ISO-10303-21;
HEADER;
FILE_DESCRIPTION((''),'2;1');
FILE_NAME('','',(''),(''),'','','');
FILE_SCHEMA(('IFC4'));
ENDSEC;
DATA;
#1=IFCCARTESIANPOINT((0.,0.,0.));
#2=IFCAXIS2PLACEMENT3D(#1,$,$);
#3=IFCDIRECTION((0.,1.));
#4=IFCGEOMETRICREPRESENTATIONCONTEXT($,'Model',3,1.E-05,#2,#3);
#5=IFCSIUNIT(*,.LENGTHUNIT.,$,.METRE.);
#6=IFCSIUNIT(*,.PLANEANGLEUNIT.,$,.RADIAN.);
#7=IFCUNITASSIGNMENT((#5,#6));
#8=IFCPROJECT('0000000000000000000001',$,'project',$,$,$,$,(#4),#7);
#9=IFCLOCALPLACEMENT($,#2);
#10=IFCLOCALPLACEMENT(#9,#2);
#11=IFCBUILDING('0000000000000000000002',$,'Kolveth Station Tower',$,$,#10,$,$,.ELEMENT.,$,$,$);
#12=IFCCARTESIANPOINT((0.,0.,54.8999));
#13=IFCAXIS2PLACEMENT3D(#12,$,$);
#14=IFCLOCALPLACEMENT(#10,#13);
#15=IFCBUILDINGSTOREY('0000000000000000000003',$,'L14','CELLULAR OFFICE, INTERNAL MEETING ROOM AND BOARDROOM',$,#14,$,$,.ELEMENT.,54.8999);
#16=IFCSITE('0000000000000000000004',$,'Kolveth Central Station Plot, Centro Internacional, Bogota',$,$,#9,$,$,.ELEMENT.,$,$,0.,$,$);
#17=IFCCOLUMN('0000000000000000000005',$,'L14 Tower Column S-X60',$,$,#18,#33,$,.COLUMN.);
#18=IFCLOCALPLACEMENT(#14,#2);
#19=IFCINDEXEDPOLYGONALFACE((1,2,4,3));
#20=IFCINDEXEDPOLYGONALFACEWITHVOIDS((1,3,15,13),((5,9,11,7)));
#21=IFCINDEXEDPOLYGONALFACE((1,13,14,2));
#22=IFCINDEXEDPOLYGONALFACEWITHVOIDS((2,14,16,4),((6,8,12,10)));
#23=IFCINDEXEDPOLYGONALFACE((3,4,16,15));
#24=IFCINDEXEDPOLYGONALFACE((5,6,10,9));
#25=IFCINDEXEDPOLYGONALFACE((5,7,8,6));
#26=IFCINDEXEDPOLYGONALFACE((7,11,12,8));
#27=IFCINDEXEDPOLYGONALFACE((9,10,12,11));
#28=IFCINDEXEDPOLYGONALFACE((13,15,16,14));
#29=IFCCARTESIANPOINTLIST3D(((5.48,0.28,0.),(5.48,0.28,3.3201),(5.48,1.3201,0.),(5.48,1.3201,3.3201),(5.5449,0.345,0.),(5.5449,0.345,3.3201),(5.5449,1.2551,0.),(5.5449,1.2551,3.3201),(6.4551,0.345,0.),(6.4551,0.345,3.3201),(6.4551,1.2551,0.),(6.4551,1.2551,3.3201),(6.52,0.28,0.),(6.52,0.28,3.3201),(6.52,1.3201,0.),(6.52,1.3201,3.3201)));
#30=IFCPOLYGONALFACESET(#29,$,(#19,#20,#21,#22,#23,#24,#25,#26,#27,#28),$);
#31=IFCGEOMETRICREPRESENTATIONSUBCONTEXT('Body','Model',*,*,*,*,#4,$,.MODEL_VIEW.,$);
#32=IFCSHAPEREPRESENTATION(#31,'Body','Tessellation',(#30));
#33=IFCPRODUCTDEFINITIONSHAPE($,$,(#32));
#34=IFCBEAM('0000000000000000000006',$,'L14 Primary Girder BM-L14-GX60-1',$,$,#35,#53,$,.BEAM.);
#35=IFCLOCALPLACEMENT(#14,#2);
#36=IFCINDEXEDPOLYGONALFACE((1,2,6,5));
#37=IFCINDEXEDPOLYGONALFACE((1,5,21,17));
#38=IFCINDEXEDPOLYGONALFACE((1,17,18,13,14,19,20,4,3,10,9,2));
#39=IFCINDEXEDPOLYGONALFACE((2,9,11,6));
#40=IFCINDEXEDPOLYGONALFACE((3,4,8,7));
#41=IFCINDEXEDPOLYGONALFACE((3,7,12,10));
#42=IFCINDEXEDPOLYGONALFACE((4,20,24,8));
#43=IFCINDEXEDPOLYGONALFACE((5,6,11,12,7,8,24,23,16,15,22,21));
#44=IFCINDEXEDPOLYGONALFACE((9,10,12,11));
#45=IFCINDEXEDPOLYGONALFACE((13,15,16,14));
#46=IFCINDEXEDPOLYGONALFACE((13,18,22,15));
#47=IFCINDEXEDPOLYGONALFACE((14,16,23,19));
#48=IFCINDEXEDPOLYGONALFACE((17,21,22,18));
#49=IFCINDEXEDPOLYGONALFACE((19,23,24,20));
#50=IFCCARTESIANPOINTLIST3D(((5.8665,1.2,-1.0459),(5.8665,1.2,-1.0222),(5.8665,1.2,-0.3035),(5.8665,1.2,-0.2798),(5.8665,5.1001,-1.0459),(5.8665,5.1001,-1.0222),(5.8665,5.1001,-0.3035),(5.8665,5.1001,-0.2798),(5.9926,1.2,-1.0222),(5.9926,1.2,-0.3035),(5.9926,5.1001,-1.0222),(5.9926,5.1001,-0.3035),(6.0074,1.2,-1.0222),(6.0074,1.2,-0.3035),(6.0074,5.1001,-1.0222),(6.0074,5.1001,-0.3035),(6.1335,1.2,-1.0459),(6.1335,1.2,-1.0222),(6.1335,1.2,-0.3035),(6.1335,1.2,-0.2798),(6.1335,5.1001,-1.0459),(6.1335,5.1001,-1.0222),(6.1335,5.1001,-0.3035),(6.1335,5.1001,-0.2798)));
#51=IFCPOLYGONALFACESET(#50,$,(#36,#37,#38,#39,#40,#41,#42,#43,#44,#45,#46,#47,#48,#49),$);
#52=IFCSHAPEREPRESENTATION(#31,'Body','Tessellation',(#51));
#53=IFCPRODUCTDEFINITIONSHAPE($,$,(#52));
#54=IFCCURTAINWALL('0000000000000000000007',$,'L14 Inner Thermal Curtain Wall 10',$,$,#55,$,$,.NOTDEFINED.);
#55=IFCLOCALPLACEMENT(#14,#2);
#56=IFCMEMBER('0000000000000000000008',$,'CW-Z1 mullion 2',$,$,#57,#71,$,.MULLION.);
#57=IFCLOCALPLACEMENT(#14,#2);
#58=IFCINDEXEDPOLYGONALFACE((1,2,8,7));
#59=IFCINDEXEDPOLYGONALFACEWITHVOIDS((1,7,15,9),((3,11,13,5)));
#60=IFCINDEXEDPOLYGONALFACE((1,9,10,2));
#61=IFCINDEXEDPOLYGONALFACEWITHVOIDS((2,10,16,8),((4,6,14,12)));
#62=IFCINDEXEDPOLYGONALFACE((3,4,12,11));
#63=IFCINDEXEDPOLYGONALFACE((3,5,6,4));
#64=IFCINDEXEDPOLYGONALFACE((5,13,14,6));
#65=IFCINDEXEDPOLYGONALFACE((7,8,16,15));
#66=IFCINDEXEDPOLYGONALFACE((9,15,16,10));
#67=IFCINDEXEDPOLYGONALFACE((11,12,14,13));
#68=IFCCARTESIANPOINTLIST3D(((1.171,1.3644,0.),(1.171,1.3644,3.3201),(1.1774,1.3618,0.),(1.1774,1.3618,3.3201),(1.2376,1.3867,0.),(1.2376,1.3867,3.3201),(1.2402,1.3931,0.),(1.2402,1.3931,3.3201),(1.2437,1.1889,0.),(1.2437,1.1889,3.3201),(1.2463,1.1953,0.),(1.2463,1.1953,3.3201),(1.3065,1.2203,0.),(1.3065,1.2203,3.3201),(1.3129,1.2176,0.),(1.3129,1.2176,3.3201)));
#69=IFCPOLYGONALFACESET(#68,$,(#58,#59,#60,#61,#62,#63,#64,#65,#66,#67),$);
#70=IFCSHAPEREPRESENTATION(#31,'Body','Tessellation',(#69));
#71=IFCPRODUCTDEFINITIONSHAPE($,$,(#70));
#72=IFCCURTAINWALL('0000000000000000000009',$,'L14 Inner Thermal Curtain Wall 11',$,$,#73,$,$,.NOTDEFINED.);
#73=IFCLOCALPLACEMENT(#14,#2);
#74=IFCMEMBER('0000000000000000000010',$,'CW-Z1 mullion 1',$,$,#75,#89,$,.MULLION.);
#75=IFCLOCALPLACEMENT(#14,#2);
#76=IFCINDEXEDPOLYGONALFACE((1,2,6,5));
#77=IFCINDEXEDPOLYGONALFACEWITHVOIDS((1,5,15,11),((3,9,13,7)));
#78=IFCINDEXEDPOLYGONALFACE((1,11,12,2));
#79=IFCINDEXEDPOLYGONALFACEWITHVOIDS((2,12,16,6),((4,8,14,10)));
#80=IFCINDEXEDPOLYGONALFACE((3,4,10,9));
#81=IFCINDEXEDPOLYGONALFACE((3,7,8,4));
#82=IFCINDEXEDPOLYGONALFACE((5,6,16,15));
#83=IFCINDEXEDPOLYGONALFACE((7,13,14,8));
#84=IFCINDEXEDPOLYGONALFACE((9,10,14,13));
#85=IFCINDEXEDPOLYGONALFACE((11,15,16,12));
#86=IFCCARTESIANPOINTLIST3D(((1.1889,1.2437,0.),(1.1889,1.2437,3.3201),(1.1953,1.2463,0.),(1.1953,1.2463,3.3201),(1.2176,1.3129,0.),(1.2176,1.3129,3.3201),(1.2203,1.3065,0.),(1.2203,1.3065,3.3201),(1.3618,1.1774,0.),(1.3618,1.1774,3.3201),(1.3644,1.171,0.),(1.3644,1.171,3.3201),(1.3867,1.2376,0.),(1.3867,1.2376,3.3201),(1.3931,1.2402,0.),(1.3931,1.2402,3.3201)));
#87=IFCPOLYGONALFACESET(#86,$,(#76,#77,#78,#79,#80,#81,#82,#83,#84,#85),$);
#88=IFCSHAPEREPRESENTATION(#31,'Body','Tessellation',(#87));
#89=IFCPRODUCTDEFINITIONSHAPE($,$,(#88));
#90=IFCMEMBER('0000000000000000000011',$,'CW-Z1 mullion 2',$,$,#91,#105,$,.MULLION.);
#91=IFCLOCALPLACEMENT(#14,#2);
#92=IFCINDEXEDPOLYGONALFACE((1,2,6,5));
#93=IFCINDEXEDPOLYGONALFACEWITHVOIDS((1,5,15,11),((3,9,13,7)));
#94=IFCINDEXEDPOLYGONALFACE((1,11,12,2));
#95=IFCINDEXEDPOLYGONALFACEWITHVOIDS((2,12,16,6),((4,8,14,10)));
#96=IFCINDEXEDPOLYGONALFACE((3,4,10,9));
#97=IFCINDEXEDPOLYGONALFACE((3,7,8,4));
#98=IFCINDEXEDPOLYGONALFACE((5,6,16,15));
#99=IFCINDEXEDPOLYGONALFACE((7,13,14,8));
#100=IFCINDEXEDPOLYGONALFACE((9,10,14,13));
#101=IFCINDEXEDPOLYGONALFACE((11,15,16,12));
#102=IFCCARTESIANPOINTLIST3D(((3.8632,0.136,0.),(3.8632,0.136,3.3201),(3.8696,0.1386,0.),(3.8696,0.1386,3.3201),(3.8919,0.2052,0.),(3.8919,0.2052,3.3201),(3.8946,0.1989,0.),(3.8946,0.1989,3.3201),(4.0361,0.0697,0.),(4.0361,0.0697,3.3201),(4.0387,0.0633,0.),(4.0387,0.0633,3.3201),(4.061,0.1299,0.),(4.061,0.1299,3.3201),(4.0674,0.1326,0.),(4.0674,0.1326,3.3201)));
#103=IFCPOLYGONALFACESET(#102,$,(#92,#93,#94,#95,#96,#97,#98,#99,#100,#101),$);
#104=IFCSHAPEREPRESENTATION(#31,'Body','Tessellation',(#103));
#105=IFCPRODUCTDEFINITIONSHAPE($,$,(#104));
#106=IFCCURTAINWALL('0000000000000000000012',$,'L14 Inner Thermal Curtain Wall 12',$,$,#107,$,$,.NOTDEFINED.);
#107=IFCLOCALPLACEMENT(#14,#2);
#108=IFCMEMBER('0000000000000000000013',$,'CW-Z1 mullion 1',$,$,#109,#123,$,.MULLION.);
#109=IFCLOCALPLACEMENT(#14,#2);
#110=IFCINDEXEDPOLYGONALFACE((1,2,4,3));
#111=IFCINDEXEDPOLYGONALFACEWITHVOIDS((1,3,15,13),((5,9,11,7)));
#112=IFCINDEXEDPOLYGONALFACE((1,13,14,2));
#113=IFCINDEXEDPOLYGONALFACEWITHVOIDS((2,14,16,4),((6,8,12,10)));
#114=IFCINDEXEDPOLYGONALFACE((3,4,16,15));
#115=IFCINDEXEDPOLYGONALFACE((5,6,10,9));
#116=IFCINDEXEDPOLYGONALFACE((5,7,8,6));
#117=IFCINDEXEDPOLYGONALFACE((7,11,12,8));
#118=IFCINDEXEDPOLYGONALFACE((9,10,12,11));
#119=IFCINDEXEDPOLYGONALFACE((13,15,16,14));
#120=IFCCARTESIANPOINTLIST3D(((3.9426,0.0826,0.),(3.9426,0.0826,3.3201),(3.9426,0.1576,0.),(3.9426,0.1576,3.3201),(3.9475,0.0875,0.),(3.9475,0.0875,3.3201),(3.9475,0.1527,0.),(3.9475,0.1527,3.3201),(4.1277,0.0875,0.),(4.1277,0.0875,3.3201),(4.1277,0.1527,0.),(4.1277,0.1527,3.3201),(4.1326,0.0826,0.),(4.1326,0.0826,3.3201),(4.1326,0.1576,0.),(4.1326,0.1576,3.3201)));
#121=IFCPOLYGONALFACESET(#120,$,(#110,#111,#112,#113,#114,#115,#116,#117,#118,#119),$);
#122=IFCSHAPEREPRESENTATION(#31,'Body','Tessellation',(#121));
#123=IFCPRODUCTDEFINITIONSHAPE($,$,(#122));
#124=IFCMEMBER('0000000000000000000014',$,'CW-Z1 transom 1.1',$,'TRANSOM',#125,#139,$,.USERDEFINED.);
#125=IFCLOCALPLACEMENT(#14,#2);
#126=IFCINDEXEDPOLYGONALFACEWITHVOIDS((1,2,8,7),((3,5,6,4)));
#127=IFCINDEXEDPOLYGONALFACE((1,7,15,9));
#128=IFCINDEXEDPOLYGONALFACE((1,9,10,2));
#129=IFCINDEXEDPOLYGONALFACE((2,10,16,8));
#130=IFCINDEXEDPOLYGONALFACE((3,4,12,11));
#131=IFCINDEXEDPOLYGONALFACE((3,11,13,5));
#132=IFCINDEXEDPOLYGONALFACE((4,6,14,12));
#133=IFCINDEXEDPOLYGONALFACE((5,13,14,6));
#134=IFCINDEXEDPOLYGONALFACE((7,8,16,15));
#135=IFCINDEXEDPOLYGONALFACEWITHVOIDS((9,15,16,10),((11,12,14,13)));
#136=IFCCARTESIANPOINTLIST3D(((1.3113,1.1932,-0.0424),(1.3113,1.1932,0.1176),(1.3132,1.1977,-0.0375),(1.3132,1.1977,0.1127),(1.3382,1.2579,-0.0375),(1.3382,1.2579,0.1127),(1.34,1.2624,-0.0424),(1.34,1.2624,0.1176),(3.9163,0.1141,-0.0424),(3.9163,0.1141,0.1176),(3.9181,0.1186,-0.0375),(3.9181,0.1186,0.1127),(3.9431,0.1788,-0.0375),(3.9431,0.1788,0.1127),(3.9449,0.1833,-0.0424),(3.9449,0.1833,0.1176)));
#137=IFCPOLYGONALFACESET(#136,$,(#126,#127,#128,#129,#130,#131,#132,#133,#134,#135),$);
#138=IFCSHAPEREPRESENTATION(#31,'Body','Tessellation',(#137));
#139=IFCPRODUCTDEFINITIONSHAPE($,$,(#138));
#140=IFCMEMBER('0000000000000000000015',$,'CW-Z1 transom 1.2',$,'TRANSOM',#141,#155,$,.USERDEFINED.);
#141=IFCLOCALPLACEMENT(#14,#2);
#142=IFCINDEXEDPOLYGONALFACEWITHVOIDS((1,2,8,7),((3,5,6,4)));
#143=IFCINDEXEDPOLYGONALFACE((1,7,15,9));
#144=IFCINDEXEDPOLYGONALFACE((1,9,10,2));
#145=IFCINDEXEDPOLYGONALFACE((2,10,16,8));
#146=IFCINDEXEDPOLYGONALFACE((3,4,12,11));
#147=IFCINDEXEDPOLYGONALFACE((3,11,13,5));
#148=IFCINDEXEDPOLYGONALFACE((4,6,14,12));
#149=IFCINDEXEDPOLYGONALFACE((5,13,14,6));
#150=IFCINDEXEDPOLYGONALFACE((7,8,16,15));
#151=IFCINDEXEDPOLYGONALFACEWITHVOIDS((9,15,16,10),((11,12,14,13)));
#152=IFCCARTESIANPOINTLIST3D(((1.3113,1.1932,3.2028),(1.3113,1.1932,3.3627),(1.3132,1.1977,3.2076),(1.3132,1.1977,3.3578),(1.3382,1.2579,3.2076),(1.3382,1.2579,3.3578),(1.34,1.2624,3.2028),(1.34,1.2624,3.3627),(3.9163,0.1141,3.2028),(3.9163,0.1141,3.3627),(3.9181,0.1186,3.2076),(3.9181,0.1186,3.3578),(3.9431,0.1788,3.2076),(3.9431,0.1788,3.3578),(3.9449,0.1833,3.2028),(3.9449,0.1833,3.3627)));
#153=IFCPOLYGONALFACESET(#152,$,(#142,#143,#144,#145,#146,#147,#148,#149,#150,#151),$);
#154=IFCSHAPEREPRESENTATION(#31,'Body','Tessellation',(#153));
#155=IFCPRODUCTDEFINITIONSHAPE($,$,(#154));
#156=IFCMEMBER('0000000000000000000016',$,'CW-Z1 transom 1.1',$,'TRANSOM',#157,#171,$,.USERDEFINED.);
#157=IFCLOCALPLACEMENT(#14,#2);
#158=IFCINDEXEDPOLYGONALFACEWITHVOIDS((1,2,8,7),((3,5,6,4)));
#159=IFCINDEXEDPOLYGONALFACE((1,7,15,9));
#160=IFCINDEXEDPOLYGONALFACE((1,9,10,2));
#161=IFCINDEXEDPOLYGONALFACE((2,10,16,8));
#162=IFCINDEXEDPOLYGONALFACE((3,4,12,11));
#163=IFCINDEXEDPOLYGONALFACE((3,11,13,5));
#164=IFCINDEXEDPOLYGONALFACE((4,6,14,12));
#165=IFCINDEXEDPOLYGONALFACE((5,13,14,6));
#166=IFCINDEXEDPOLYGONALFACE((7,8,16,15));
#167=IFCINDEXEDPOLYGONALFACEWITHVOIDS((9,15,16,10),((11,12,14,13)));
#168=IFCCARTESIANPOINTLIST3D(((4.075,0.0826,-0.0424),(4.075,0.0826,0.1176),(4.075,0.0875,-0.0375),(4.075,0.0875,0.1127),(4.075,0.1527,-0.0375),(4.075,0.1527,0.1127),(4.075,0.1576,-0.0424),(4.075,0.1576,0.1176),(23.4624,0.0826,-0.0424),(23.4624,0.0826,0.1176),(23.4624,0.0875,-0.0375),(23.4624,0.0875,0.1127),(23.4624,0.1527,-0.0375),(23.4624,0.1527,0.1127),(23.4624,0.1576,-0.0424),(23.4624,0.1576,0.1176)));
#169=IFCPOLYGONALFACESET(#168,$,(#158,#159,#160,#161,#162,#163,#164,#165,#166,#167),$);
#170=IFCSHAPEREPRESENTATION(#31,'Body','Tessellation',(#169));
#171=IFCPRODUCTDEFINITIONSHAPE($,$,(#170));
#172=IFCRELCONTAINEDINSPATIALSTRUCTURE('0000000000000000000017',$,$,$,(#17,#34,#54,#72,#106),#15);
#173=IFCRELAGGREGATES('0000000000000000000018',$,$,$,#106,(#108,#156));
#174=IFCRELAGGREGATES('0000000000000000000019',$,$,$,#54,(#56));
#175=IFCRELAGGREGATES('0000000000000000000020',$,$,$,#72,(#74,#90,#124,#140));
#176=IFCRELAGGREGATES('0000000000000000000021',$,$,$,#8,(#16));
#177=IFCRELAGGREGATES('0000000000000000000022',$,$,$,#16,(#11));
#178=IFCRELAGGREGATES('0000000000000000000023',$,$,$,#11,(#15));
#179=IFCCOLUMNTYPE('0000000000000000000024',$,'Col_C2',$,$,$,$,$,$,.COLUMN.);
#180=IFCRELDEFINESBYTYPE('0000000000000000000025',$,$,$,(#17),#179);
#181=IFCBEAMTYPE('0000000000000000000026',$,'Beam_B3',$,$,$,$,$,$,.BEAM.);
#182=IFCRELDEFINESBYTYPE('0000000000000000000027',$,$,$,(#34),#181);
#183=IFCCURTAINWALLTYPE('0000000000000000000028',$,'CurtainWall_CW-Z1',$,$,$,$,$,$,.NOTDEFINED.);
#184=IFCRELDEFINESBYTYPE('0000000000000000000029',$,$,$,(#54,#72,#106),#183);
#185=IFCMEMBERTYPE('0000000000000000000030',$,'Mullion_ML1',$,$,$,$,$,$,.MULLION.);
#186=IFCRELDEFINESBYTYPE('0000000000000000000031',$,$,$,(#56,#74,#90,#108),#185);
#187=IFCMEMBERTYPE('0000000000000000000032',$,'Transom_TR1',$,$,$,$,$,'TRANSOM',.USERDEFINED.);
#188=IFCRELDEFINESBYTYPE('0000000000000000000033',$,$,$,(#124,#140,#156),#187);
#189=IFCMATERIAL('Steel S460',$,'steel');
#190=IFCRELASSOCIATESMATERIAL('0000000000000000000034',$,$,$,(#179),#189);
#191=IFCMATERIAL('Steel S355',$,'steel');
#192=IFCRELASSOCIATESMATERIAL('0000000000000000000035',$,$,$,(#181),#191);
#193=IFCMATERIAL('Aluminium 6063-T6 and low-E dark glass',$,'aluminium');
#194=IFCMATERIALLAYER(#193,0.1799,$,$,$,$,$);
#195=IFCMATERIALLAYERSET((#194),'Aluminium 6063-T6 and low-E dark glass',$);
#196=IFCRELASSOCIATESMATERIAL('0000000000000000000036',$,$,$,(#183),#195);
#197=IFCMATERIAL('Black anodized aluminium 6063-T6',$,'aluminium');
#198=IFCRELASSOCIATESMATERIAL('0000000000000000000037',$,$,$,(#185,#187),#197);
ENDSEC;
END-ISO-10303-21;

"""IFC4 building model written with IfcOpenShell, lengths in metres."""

from ifc_helpers import new_model, si_unit, direction, frame, origin, origin_2d, place, context, subcontext, project, spatial, hollow_rectangle, i_section, extrude, source, transform, mapped, material, layer, layer_set, material_profile, profile_set, type_object, element, aggregate, save


model = new_model("IFC4")

# Units and contexts
model_context = context("Model", 3, precision=1e-05, world=origin(), true_north=direction((0.0, 1.0)))
body_context = subcontext(model_context, "Body", "Model", "MODEL_VIEW")
ifc_project = project(units=[si_unit("LENGTHUNIT", "METRE"), si_unit("PLANEANGLEUNIT", "RADIAN")], contexts=[model_context])

# Site, building, storey
site_placement = place(None, origin())
site = spatial("IfcSite", under=ifc_project, at=site_placement, Name="Kolveth Central Station Plot, Centro Internacional, Bogota", CompositionType="ELEMENT", RefElevation=0.0)
building_placement = place(site_placement, origin())
building = spatial("IfcBuilding", under=site, at=building_placement, Name="Kolveth Station Tower", CompositionType="ELEMENT")
storey_placement = place(building_placement, frame((0.0, 0.0, 54.8999)))
storey = spatial("IfcBuildingStorey", under=building, at=storey_placement, Name="L14", Description="CELLULAR OFFICE, INTERNAL MEETING ROOM AND BOARDROOM", CompositionType="ELEMENT", Elevation=54.8999)

# Column
ifc_material_1 = material(Name="Steel S460", Category="steel")
ifc_material_profile_1 = material_profile(ifc_material_1, hollow_rectangle(XDim=1.04, YDim=1.04, WallThickness=0.0649, at=origin_2d()), Name="BOX1040x1040x65")
ifc_profile_set_1 = profile_set([ifc_material_profile_1], Name="Steel S460")
column_type = type_object("IfcColumnType", Name="Col_C2", PredefinedType="COLUMN", material=ifc_profile_set_1)
shared_shape_1 = source(origin(), body_context, "Body", "SweptSolid", [
    extrude(hollow_rectangle(XDim=1.04, YDim=1.04, WallThickness=0.0649, at=origin_2d()), origin(), (0.0, 0.0, 1.0), 3.3201),
])
column_placement = place(storey_placement, frame((6.0, 0.8, 0.0), z_axis=(0.0, 0.0, 1.0), x_axis=(1.0, 0.0, 0.0)))
element("IfcColumn", 1, at=column_placement, inside=storey, type_object=column_type, Name="L14 Tower Column S-X60", PredefinedType="COLUMN", context=body_context, shape_type="MappedRepresentation", body=[
    mapped(shared_shape_1, transform((0.0, 0.0, 0.0), x_axis=(1.0, 0.0, 0.0), y_axis=(0.0, 1.0, 0.0), z_axis=(0.0, 0.0, 1.0), scale=1.0)),
])

# Beam
ifc_material_2 = material(Name="Steel S355", Category="steel")
ifc_material_profile_2 = material_profile(ifc_material_2, i_section(OverallWidth=0.2671, OverallDepth=0.7661, WebThickness=0.0149, FlangeThickness=0.0237, at=origin_2d()), Name="W760x185")
ifc_profile_set_2 = profile_set([ifc_material_profile_2], Name="Steel S355")
beam_type = type_object("IfcBeamType", Name="Beam_B3", PredefinedType="BEAM", material=ifc_profile_set_2)
shared_shape_2 = source(origin(), body_context, "Body", "SweptSolid", [
    extrude(i_section(OverallWidth=0.2671, OverallDepth=0.7661, WebThickness=0.0149, FlangeThickness=0.0237, at=origin_2d()), origin(), (0.0, 0.0, 1.0), 3.9001),
])
beam_placement = place(storey_placement, frame((6.0, 1.2, -0.6628), z_axis=(0.0, 1.0, 0.0), x_axis=(-1.0, 0.0, 0.0)))
element("IfcBeam", 2, at=beam_placement, inside=storey, type_object=beam_type, Name="L14 Primary Girder BM-L14-GX60-1", PredefinedType="BEAM", context=body_context, shape_type="MappedRepresentation", body=[
    mapped(shared_shape_2, transform((0.0, 0.0, 0.0), x_axis=(1.0, 0.0, 0.0), y_axis=(0.0, 1.0, 0.0), z_axis=(0.0, 0.0, 1.0), scale=1.0)),
])

# Curtain wall, member
ifc_material_3 = material(Name="Aluminium 6063-T6 and low-E dark glass", Category="aluminium")
ifc_layer_1 = layer(ifc_material_3, 0.1799)
ifc_layer_set_1 = layer_set([ifc_layer_1], Name="Aluminium 6063-T6 and low-E dark glass")
curtain_wall_type_1 = type_object("IfcCurtainWallType", Name="CurtainWall_CW-Z1", PredefinedType="NOTDEFINED", material=ifc_layer_set_1)
curtain_wall_1_placement = place(storey_placement, origin())
curtain_wall_1 = element("IfcCurtainWall", 3, at=curtain_wall_1_placement, inside=storey, type_object=curtain_wall_type_1, Name="L14 Inner Thermal Curtain Wall 10", PredefinedType="NOTDEFINED")
ifc_material_4 = material(Name="Black anodized aluminium 6063-T6", Category="aluminium")
ifc_material_profile_3 = material_profile(ifc_material_4, hollow_rectangle(XDim=0.075, YDim=0.1899, WallThickness=0.0049, at=origin_2d()), Name="ALU-75x190x5")
ifc_profile_set_3 = profile_set([ifc_material_profile_3], Name="Black anodized aluminium 6063-T6")
member_type_1 = type_object("IfcMemberType", Name="Mullion_ML1", PredefinedType="MULLION", material=ifc_profile_set_3)
shared_shape_3 = source(origin(), body_context, "Body", "SweptSolid", [
    extrude(hollow_rectangle(XDim=0.075, YDim=0.1899, WallThickness=0.0049, at=origin_2d()), origin(), (0.0, 0.0, 1.0), 3.3201),
])
member_1_placement = place(storey_placement, frame((1.2419, 1.291, 0.0), z_axis=(0.0, 0.0, 1.0), x_axis=(0.923884, 0.382673, 0.0)))
member_1 = element("IfcMember", 4, at=member_1_placement, type_object=member_type_1, Name="CW-Z1 mullion 2", PredefinedType="MULLION", context=body_context, shape_type="MappedRepresentation", body=[
    mapped(shared_shape_3, transform((0.0, 0.0, 0.0), x_axis=(1.0, 0.0, 0.0), y_axis=(0.0, 1.0, 0.0), z_axis=(0.0, 0.0, 1.0), scale=1.0)),
])

# Curtain wall, members
curtain_wall_2_placement = place(storey_placement, origin())
curtain_wall_2 = element("IfcCurtainWall", 5, at=curtain_wall_2_placement, inside=storey, type_object=curtain_wall_type_1, Name="L14 Inner Thermal Curtain Wall 11", PredefinedType="NOTDEFINED")
member_2_placement = place(storey_placement, frame((1.291, 1.2419, 0.0), z_axis=(0.0, 0.0, 1.0), x_axis=(0.382673, 0.923884, 0.0)))
member_2 = element("IfcMember", 6, at=member_2_placement, type_object=member_type_1, Name="CW-Z1 mullion 1", PredefinedType="MULLION", context=body_context, shape_type="MappedRepresentation", body=[
    mapped(shared_shape_3, transform((0.0, 0.0, 0.0), x_axis=(1.0, 0.0, 0.0), y_axis=(0.0, 1.0, 0.0), z_axis=(0.0, 0.0, 1.0), scale=1.0)),
])
member_3_placement = place(storey_placement, frame((3.9653, 0.1343, 0.0), z_axis=(0.0, 0.0, 1.0), x_axis=(0.382673, 0.923884, 0.0)))
member_3 = element("IfcMember", 7, at=member_3_placement, type_object=member_type_1, Name="CW-Z1 mullion 2", PredefinedType="MULLION", context=body_context, shape_type="MappedRepresentation", body=[
    mapped(shared_shape_3, transform((0.0, 0.0, 0.0), x_axis=(1.0, 0.0, 0.0), y_axis=(0.0, 1.0, 0.0), z_axis=(0.0, 0.0, 1.0), scale=1.0)),
])

# Curtain wall, member
curtain_wall_3_placement = place(storey_placement, origin())
curtain_wall_3 = element("IfcCurtainWall", 8, at=curtain_wall_3_placement, inside=storey, type_object=curtain_wall_type_1, Name="L14 Inner Thermal Curtain Wall 12", PredefinedType="NOTDEFINED")
member_4_placement = place(storey_placement, frame((4.0376, 0.1201, 0.0), z_axis=(0.0, 0.0, 1.0), x_axis=(0.0, 1.0, 0.0)))
member_4 = element("IfcMember", 9, at=member_4_placement, type_object=member_type_1, Name="CW-Z1 mullion 1", PredefinedType="MULLION", context=body_context, shape_type="MappedRepresentation", body=[
    mapped(shared_shape_3, transform((0.0, 0.0, 0.0), x_axis=(1.0, 0.0, 0.0), y_axis=(0.0, 1.0, 0.0), z_axis=(0.0, 0.0, 1.0), scale=1.0)),
])

# Members
ifc_material_profile_4 = material_profile(ifc_material_4, hollow_rectangle(XDim=0.075, YDim=0.1599, WallThickness=0.0049, at=origin_2d()), Name="ALU-75x160x5")
ifc_profile_set_4 = profile_set([ifc_material_profile_4], Name="Black anodized aluminium 6063-T6")
member_type_2 = type_object("IfcMemberType", Name="Transom_TR1", ElementType="TRANSOM", PredefinedType="USERDEFINED", material=ifc_profile_set_4)
shared_shape_4 = source(origin(), body_context, "Body", "SweptSolid", [
    extrude(hollow_rectangle(XDim=0.075, YDim=0.1599, WallThickness=0.0049, at=origin_2d()), origin(), (0.0, 0.0, 1.0), 2.8196),
])
member_5_placement = place(storey_placement, frame((1.3257, 1.2278, 0.0376), z_axis=(0.923869, -0.382709, 0.0), x_axis=(0.382709, 0.923869, 0.0)))
member_5 = element("IfcMember", 10, at=member_5_placement, type_object=member_type_2, Name="CW-Z1 transom 1.1", ObjectType="TRANSOM", PredefinedType="USERDEFINED", context=body_context, shape_type="MappedRepresentation", body=[
    mapped(shared_shape_4, transform((0.0, 0.0, 0.0), x_axis=(1.0, 0.0, 0.0), y_axis=(0.0, 1.0, 0.0), z_axis=(0.0, 0.0, 1.0), scale=1.0)),
])
member_6_placement = place(storey_placement, frame((1.3257, 1.2278, 3.2827), z_axis=(0.923869, -0.382709, 0.0), x_axis=(0.382709, 0.923869, 0.0)))
member_6 = element("IfcMember", 11, at=member_6_placement, type_object=member_type_2, Name="CW-Z1 transom 1.2", ObjectType="TRANSOM", PredefinedType="USERDEFINED", context=body_context, shape_type="MappedRepresentation", body=[
    mapped(shared_shape_4, transform((0.0, 0.0, 0.0), x_axis=(1.0, 0.0, 0.0), y_axis=(0.0, 1.0, 0.0), z_axis=(0.0, 0.0, 1.0), scale=1.0)),
])
shared_shape_5 = source(origin(), body_context, "Body", "SweptSolid", [
    extrude(hollow_rectangle(XDim=0.075, YDim=0.1599, WallThickness=0.0049, at=origin_2d()), origin(), (0.0, 0.0, 1.0), 19.3875),
])
member_7_placement = place(storey_placement, frame((4.075, 0.1201, 0.0376), z_axis=(1.0, 0.0, 0.0), x_axis=(0.0, 1.0, 0.0)))
member_7 = element("IfcMember", 12, at=member_7_placement, type_object=member_type_2, Name="CW-Z1 transom 1.1", ObjectType="TRANSOM", PredefinedType="USERDEFINED", context=body_context, shape_type="MappedRepresentation", body=[
    mapped(shared_shape_5, transform((0.0, 0.0, 0.0), x_axis=(1.0, 0.0, 0.0), y_axis=(0.0, 1.0, 0.0), z_axis=(0.0, 0.0, 1.0), scale=1.0)),
])
aggregate(curtain_wall_3, [member_4, member_7])

aggregate(curtain_wall_1, [member_1])
aggregate(curtain_wall_2, [member_2, member_3, member_5, member_6])

save(model, "model.ifc")
